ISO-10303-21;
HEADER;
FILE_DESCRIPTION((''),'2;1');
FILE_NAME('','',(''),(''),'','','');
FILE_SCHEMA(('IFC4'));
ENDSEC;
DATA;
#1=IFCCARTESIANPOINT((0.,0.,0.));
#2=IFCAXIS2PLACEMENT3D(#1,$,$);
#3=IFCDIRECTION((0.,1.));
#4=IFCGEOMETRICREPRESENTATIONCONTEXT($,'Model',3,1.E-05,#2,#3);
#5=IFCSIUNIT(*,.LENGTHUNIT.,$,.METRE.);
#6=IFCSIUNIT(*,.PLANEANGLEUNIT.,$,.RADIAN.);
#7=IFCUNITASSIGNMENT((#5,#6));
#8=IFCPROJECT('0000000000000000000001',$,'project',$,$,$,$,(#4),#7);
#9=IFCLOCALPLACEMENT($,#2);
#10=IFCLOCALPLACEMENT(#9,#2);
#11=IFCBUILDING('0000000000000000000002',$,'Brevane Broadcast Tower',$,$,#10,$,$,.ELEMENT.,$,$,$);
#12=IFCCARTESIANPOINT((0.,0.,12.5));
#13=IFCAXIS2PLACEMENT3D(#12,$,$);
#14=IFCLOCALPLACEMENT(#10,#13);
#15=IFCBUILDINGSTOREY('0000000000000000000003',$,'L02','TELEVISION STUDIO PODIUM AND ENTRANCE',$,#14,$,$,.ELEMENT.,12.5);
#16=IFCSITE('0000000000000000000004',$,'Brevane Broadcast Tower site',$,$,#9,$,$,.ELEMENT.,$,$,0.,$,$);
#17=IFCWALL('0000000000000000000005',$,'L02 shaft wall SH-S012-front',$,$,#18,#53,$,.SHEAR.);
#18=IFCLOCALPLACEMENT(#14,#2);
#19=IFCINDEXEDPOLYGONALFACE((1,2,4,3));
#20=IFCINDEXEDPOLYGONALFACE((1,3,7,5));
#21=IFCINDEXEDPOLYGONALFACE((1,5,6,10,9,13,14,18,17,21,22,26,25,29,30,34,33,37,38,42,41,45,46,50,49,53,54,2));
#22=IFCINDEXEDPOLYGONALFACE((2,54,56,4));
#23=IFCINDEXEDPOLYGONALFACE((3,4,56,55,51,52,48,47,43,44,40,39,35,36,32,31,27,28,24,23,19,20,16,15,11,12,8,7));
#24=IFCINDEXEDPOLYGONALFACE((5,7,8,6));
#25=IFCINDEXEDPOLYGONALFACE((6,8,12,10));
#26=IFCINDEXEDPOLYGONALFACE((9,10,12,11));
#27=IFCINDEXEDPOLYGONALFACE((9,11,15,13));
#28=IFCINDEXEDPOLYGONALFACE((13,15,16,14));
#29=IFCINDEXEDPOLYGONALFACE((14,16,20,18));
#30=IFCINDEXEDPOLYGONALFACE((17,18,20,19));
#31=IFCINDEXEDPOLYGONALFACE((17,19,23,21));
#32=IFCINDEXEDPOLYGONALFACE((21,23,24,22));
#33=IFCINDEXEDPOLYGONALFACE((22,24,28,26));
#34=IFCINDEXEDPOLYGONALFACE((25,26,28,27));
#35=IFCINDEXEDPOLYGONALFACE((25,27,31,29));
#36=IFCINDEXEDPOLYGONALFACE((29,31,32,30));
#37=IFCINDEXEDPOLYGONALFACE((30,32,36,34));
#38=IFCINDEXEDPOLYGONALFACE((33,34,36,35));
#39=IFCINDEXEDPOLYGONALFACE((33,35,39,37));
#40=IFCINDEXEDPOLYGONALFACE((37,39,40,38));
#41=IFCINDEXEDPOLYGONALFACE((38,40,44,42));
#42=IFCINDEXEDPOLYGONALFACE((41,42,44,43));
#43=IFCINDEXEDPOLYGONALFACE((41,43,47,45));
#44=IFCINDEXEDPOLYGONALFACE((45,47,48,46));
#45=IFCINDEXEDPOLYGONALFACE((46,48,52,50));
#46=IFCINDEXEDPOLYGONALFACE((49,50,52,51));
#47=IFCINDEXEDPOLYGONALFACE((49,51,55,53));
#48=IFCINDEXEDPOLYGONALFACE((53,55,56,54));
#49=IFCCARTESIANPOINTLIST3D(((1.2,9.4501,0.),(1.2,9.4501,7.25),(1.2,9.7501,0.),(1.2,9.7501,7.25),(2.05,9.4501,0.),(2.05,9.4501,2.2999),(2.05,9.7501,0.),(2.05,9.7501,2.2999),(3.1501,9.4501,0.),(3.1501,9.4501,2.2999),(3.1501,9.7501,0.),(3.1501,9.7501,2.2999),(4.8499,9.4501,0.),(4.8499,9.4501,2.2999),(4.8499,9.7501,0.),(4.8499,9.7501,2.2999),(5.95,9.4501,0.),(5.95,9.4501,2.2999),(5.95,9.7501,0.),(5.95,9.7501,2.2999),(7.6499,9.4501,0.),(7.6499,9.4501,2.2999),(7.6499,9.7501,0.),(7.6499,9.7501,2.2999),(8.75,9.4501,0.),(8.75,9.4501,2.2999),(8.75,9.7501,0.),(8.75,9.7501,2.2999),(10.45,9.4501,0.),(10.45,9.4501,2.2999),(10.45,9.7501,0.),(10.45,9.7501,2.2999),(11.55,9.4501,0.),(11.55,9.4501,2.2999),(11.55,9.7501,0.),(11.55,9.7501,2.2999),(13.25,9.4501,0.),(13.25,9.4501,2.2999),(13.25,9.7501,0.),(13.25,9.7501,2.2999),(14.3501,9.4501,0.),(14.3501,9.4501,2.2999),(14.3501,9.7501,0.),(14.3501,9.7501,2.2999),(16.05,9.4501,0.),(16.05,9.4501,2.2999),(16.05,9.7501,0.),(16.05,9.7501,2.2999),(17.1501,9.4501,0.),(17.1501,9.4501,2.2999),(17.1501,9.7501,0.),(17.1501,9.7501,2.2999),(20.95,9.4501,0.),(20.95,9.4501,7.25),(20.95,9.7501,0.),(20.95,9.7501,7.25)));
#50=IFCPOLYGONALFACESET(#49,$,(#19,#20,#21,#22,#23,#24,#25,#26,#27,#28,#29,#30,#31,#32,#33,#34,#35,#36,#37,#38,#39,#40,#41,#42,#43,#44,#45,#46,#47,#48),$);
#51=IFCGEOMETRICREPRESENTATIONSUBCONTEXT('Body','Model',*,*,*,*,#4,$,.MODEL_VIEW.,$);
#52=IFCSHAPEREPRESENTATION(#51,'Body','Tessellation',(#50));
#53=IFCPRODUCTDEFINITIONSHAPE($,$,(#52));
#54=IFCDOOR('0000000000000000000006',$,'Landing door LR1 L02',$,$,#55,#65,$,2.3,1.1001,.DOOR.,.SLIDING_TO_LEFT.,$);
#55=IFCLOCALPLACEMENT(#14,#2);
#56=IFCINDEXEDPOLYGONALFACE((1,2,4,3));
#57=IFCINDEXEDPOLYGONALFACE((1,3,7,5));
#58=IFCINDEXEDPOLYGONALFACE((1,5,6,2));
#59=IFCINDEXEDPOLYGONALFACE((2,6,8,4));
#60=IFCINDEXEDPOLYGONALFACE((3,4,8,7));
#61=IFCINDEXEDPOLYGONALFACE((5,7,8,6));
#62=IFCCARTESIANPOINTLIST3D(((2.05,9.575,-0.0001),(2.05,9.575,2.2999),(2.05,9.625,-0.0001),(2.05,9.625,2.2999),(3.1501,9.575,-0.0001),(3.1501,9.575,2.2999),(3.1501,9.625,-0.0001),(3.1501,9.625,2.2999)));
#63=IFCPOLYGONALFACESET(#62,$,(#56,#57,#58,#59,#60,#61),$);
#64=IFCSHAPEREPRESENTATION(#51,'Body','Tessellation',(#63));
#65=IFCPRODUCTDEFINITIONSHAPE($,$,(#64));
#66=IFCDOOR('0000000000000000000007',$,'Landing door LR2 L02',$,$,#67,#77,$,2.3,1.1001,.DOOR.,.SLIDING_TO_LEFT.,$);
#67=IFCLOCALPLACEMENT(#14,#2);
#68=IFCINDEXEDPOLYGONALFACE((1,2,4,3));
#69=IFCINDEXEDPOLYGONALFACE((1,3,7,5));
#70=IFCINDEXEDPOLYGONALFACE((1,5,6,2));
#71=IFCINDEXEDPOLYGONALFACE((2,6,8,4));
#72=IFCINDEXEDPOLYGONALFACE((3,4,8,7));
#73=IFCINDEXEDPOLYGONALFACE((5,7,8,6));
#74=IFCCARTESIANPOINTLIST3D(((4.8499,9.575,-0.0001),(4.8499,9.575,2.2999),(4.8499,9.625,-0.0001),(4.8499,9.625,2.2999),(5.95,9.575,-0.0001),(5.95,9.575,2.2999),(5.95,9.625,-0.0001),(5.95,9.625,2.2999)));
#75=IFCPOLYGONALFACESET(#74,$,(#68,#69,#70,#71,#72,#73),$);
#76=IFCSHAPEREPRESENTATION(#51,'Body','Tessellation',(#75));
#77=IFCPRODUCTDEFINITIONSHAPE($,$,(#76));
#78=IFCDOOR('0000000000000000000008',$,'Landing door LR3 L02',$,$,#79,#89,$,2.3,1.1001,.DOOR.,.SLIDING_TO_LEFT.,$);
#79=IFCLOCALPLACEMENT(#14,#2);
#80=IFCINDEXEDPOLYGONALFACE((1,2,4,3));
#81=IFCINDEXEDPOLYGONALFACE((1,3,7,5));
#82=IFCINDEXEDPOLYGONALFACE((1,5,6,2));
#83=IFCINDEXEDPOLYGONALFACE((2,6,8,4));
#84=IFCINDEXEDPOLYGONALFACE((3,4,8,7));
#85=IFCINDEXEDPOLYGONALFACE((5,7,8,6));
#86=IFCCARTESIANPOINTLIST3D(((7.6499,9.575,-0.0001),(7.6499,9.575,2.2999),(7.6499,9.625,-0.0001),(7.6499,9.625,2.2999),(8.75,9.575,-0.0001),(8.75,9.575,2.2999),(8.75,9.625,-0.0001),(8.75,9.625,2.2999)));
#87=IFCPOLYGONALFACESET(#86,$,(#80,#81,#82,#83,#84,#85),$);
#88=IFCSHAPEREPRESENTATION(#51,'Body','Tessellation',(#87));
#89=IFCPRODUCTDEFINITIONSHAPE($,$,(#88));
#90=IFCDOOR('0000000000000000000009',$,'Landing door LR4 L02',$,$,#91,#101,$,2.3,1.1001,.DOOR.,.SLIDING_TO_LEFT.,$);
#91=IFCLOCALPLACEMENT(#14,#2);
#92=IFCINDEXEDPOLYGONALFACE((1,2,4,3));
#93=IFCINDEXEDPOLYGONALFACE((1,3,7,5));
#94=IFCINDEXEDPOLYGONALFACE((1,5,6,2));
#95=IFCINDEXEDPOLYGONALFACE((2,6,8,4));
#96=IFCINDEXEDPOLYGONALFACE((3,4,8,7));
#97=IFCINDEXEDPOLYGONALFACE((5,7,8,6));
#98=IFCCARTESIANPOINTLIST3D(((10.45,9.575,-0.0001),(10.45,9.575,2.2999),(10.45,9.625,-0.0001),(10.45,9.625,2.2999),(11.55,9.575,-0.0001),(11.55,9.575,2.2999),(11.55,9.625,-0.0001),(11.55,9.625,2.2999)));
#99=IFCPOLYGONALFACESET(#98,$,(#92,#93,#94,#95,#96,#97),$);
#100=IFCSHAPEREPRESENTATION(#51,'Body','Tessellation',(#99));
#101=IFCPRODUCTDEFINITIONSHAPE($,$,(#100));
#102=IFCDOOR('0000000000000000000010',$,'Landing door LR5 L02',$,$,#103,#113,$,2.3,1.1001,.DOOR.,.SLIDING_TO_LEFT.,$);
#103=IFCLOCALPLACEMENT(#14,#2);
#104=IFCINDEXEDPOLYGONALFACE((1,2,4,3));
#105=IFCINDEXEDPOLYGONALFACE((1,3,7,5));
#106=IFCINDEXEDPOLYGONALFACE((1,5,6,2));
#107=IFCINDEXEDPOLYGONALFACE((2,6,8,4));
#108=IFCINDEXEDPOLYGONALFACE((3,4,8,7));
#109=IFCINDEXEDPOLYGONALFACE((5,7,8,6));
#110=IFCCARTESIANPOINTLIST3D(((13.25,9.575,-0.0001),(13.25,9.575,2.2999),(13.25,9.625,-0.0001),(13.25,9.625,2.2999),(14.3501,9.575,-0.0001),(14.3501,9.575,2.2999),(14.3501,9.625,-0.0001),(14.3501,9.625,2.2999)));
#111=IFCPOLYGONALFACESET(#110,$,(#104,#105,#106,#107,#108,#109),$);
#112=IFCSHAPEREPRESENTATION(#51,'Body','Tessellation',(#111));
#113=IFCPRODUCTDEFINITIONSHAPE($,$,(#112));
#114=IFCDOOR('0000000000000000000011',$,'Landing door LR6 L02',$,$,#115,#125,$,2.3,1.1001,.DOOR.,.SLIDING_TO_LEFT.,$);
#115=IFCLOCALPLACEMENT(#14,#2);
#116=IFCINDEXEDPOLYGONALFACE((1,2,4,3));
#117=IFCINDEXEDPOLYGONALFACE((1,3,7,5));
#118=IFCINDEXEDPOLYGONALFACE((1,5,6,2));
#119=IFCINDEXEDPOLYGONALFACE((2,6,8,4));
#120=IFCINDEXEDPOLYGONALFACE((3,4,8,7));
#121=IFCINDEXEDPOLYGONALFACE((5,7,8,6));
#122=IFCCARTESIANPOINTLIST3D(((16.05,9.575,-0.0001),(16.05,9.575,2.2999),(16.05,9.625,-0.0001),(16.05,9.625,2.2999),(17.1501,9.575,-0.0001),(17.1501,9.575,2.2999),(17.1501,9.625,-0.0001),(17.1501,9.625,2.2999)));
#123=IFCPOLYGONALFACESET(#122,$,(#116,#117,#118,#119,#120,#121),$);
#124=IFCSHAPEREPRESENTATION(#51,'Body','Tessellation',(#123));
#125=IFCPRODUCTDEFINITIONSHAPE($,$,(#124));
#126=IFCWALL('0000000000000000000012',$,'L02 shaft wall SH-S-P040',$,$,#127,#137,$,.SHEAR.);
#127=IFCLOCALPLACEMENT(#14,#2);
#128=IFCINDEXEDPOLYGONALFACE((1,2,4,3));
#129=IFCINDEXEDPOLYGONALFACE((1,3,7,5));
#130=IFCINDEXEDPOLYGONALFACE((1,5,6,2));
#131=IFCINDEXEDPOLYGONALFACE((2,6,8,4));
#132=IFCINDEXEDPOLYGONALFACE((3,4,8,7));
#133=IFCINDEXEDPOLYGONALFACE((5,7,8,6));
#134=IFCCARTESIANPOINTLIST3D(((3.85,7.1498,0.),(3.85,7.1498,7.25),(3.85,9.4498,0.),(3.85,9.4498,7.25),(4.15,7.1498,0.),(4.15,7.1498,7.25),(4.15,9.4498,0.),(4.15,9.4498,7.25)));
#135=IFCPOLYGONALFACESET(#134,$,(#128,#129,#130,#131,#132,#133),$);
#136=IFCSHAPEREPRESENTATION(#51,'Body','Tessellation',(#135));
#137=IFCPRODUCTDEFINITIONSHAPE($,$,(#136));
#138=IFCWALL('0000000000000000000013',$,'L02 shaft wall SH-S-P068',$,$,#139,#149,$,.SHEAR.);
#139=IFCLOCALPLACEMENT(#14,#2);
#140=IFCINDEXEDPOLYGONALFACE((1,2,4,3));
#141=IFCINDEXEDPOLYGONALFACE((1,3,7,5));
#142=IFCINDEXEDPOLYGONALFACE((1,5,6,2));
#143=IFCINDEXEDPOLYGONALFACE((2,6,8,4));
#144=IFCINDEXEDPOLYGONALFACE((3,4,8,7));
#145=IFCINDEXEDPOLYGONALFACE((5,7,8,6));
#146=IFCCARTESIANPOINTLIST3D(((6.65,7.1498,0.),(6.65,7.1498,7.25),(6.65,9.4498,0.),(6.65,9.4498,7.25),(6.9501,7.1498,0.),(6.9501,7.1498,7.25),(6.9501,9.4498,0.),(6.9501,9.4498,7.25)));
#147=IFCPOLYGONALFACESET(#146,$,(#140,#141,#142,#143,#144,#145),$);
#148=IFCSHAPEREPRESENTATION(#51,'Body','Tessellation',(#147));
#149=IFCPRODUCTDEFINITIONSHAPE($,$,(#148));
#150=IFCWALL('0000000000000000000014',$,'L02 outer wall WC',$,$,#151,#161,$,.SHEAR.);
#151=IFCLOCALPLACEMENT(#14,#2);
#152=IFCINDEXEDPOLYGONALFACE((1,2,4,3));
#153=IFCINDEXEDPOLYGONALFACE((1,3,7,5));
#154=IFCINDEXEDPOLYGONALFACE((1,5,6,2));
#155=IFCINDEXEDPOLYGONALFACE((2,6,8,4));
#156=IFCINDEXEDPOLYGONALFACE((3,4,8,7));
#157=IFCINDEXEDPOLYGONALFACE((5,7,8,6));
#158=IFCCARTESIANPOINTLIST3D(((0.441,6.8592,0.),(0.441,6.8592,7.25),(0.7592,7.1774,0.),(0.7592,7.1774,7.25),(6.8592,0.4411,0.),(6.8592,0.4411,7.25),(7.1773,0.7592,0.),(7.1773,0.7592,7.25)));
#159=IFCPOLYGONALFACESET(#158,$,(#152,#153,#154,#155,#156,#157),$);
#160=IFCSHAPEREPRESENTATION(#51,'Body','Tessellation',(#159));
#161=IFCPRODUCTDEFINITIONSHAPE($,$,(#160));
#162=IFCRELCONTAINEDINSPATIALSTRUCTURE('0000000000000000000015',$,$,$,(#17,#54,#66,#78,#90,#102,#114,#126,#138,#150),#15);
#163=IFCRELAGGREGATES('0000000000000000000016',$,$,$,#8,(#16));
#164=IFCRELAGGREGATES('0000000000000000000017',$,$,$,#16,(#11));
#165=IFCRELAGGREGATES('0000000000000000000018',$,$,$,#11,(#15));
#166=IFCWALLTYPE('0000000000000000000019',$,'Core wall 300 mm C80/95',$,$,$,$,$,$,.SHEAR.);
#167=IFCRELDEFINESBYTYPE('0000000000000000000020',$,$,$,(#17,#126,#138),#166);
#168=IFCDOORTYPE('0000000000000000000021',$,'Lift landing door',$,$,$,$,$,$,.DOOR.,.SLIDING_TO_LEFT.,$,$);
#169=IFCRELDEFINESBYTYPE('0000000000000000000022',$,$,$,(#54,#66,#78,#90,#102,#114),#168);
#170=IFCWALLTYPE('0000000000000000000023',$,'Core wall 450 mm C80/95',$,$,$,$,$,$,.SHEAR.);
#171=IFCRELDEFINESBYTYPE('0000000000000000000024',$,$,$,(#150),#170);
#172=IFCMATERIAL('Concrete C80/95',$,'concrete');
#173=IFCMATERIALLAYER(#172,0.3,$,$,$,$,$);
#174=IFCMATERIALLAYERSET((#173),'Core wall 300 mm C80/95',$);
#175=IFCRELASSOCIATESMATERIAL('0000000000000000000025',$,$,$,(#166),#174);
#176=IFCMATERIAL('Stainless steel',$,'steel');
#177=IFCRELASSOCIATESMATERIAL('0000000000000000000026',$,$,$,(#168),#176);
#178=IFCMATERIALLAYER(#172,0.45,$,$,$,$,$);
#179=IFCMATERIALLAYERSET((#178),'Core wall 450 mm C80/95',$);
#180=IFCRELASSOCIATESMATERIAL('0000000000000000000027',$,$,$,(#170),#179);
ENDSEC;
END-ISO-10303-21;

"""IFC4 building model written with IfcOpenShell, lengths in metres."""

from ifc_helpers import new_model, si_unit, direction, frame, frame_2d, origin, place, context, subcontext, project, spatial, rectangle, extrude, material, layer, layer_set, type_object, element, fill, save


model = new_model("IFC4")

# Units and contexts
model_context = context("Model", 3, precision=1e-05, world=origin(), true_north=direction((0.0, 1.0)))
body_context = subcontext(model_context, "Body", "Model", "MODEL_VIEW")
ifc_project = project(units=[si_unit("LENGTHUNIT", "METRE"), si_unit("PLANEANGLEUNIT", "RADIAN")], contexts=[model_context])

# Site, building, storey
site_placement = place(None, origin())
site = spatial("IfcSite", under=ifc_project, at=site_placement, Name="Brevane Broadcast Tower site", CompositionType="ELEMENT", RefElevation=0.0)
building_placement = place(site_placement, origin())
building = spatial("IfcBuilding", under=site, at=building_placement, Name="Brevane Broadcast Tower", CompositionType="ELEMENT")
storey_placement = place(building_placement, frame((0.0, 0.0, 12.5)))
storey = spatial("IfcBuildingStorey", under=building, at=storey_placement, Name="L02", Description="TELEVISION STUDIO PODIUM AND ENTRANCE", CompositionType="ELEMENT", Elevation=12.5)

# Shared definitions
ifc_material_1 = material(Name="Concrete C80/95", Category="concrete")
ifc_layer_1 = layer(ifc_material_1, 0.3)
ifc_layer_set_1 = layer_set([ifc_layer_1], Name="Core wall 300 mm C80/95")
wall_type_1 = type_object("IfcWallType", Name="Core wall 300 mm C80/95", PredefinedType="SHEAR", material=ifc_layer_set_1)

# Wall, openings, doors
wall_1_placement = place(storey_placement, frame((1.2, 9.6001, 0.0), z_axis=(0.0, 0.0, 1.0), x_axis=(1.0, 0.0, 0.0)))
wall_1 = element("IfcWall", 1, at=wall_1_placement, inside=storey, type_object=wall_type_1, Name="L02 shaft wall SH-S012-front", PredefinedType="SHEAR", context=body_context, shape_type="SweptSolid", body=[
    extrude(rectangle(XDim=19.75, YDim=0.3, at=frame_2d((9.875, 0.0))), origin(), (0.0, 0.0, 1.0), 7.25),
])
opening_1_placement = place(wall_1_placement, frame((0.8501, 0.0, 0.0)))
opening_1 = element("IfcOpeningElement", 2, at=opening_1_placement, cuts=wall_1, PredefinedType="OPENING", context=body_context, shape_type="SweptSolid", body=[
    extrude(rectangle(XDim=1.1001, YDim=2.3, at=frame_2d((0.55, 1.1499))), frame((0.0, 0.1599, 0.0), z_axis=(0.0, -1.0, 0.0), x_axis=(1.0, 0.0, 0.0)), (0.0, 0.0, 1.0), 0.3201),
])
opening_2_placement = place(wall_1_placement, frame((3.6499, 0.0, 0.0)))
opening_2 = element("IfcOpeningElement", 3, at=opening_2_placement, cuts=wall_1, PredefinedType="OPENING", context=body_context, shape_type="SweptSolid", body=[
    extrude(rectangle(XDim=1.1001, YDim=2.3, at=frame_2d((0.55, 1.1499))), frame((0.0, 0.1599, 0.0), z_axis=(0.0, -1.0, 0.0), x_axis=(1.0, 0.0, 0.0)), (0.0, 0.0, 1.0), 0.3201),
])
opening_3_placement = place(wall_1_placement, frame((6.45, 0.0, 0.0)))
opening_3 = element("IfcOpeningElement", 4, at=opening_3_placement, cuts=wall_1, PredefinedType="OPENING", context=body_context, shape_type="SweptSolid", body=[
    extrude(rectangle(XDim=1.1001, YDim=2.3, at=frame_2d((0.55, 1.1499))), frame((0.0, 0.1599, 0.0), z_axis=(0.0, -1.0, 0.0), x_axis=(1.0, 0.0, 0.0)), (0.0, 0.0, 1.0), 0.3201),
])
opening_4_placement = place(wall_1_placement, frame((9.25, 0.0, 0.0)))
opening_4 = element("IfcOpeningElement", 5, at=opening_4_placement, cuts=wall_1, PredefinedType="OPENING", context=body_context, shape_type="SweptSolid", body=[
    extrude(rectangle(XDim=1.1001, YDim=2.3, at=frame_2d((0.55, 1.1499))), frame((0.0, 0.1599, 0.0), z_axis=(0.0, -1.0, 0.0), x_axis=(1.0, 0.0, 0.0)), (0.0, 0.0, 1.0), 0.3201),
])
opening_5_placement = place(wall_1_placement, frame((12.05, 0.0, 0.0)))
opening_5 = element("IfcOpeningElement", 6, at=opening_5_placement, cuts=wall_1, PredefinedType="OPENING", context=body_context, shape_type="SweptSolid", body=[
    extrude(rectangle(XDim=1.1001, YDim=2.3, at=frame_2d((0.55, 1.1499))), frame((0.0, 0.1599, 0.0), z_axis=(0.0, -1.0, 0.0), x_axis=(1.0, 0.0, 0.0)), (0.0, 0.0, 1.0), 0.3201),
])
opening_6_placement = place(wall_1_placement, frame((14.8501, 0.0, 0.0)))
opening_6 = element("IfcOpeningElement", 7, at=opening_6_placement, cuts=wall_1, PredefinedType="OPENING", context=body_context, shape_type="SweptSolid", body=[
    extrude(rectangle(XDim=1.1001, YDim=2.3, at=frame_2d((0.55, 1.1499))), frame((0.0, 0.1599, 0.0), z_axis=(0.0, -1.0, 0.0), x_axis=(1.0, 0.0, 0.0)), (0.0, 0.0, 1.0), 0.3201),
])
ifc_material_2 = material(Name="Stainless steel", Category="steel")
door_type_1 = type_object("IfcDoorType", Name="Lift landing door", OperationType="SLIDING_TO_LEFT", PredefinedType="DOOR", material=ifc_material_2)
door_1_placement = place(opening_1_placement, origin())
door_1 = element("IfcDoor", 8, at=door_1_placement, inside=storey, type_object=door_type_1, Name="Landing door LR1 L02", OperationType="SLIDING_TO_LEFT", OverallHeight=2.3, OverallWidth=1.1001, PredefinedType="DOOR", context=body_context, shape_type="SweptSolid", body=[
    extrude(rectangle(XDim=1.1001, YDim=2.3, at=frame_2d((0.55, 1.1499))), frame((0.0, 0.0249, 0.0), z_axis=(0.0, -1.0, 0.0), x_axis=(1.0, 0.0, 0.0)), (0.0, 0.0, 1.0), 0.05),
])
fill(opening_1, door_1)
door_2_placement = place(opening_2_placement, origin())
door_2 = element("IfcDoor", 9, at=door_2_placement, inside=storey, type_object=door_type_1, Name="Landing door LR2 L02", OperationType="SLIDING_TO_LEFT", OverallHeight=2.3, OverallWidth=1.1001, PredefinedType="DOOR", context=body_context, shape_type="SweptSolid", body=[
    extrude(rectangle(XDim=1.1001, YDim=2.3, at=frame_2d((0.55, 1.1499))), frame((0.0, 0.0249, 0.0), z_axis=(0.0, -1.0, 0.0), x_axis=(1.0, 0.0, 0.0)), (0.0, 0.0, 1.0), 0.05),
])
fill(opening_2, door_2)
door_3_placement = place(opening_3_placement, origin())
door_3 = element("IfcDoor", 10, at=door_3_placement, inside=storey, type_object=door_type_1, Name="Landing door LR3 L02", OperationType="SLIDING_TO_LEFT", OverallHeight=2.3, OverallWidth=1.1001, PredefinedType="DOOR", context=body_context, shape_type="SweptSolid", body=[
    extrude(rectangle(XDim=1.1001, YDim=2.3, at=frame_2d((0.55, 1.1499))), frame((0.0, 0.0249, 0.0), z_axis=(0.0, -1.0, 0.0), x_axis=(1.0, 0.0, 0.0)), (0.0, 0.0, 1.0), 0.05),
])
fill(opening_3, door_3)
door_4_placement = place(opening_4_placement, origin())
door_4 = element("IfcDoor", 11, at=door_4_placement, inside=storey, type_object=door_type_1, Name="Landing door LR4 L02", OperationType="SLIDING_TO_LEFT", OverallHeight=2.3, OverallWidth=1.1001, PredefinedType="DOOR", context=body_context, shape_type="SweptSolid", body=[
    extrude(rectangle(XDim=1.1001, YDim=2.3, at=frame_2d((0.55, 1.1499))), frame((0.0, 0.0249, 0.0), z_axis=(0.0, -1.0, 0.0), x_axis=(1.0, 0.0, 0.0)), (0.0, 0.0, 1.0), 0.05),
])
fill(opening_4, door_4)
door_5_placement = place(opening_5_placement, origin())
door_5 = element("IfcDoor", 12, at=door_5_placement, inside=storey, type_object=door_type_1, Name="Landing door LR5 L02", OperationType="SLIDING_TO_LEFT", OverallHeight=2.3, OverallWidth=1.1001, PredefinedType="DOOR", context=body_context, shape_type="SweptSolid", body=[
    extrude(rectangle(XDim=1.1001, YDim=2.3, at=frame_2d((0.55, 1.1499))), frame((0.0, 0.0249, 0.0), z_axis=(0.0, -1.0, 0.0), x_axis=(1.0, 0.0, 0.0)), (0.0, 0.0, 1.0), 0.05),
])
fill(opening_5, door_5)
door_6_placement = place(opening_6_placement, origin())
door_6 = element("IfcDoor", 13, at=door_6_placement, inside=storey, type_object=door_type_1, Name="Landing door LR6 L02", OperationType="SLIDING_TO_LEFT", OverallHeight=2.3, OverallWidth=1.1001, PredefinedType="DOOR", context=body_context, shape_type="SweptSolid", body=[
    extrude(rectangle(XDim=1.1001, YDim=2.3, at=frame_2d((0.55, 1.1499))), frame((0.0, 0.0249, 0.0), z_axis=(0.0, -1.0, 0.0), x_axis=(1.0, 0.0, 0.0)), (0.0, 0.0, 1.0), 0.05),
])
fill(opening_6, door_6)

# Walls
for number, where, z_axis, x_axis, name in (
    (14, (4.0, 7.1499, 0.0), (0.0, 0.0, 1.0), (0.0, 1.0, 0.0), "L02 shaft wall SH-S-P040"),
    (15, (6.8, 7.1499, 0.0), (0.0, 0.0, 1.0), (0.0, 1.0, 0.0), "L02 shaft wall SH-S-P068"),
):
    element("IfcWall", number, at=place(storey_placement, frame(where, z_axis=z_axis, x_axis=x_axis)), inside=storey, type_object=wall_type_1, Name=name, PredefinedType="SHEAR", context=body_context, shape_type="SweptSolid", body=[
        extrude(rectangle(XDim=2.3, YDim=0.3, at=frame_2d((1.1499, 0.0))), origin(), (0.0, 0.0, 1.0), 7.25),
    ])
ifc_layer_2 = layer(ifc_material_1, 0.45)
ifc_layer_set_2 = layer_set([ifc_layer_2], Name="Core wall 450 mm C80/95")
wall_type_2 = type_object("IfcWallType", Name="Core wall 450 mm C80/95", PredefinedType="SHEAR", material=ifc_layer_set_2)
wall_2_placement = place(storey_placement, frame((0.6001, 7.0183, 0.0), z_axis=(0.0, 0.0, 1.0), x_axis=(0.707107, -0.707107, 0.0)))
element("IfcWall", 16, at=wall_2_placement, inside=storey, type_object=wall_type_2, Name="L02 outer wall WC", PredefinedType="SHEAR", context=body_context, shape_type="SweptSolid", body=[
    extrude(rectangle(XDim=9.0767, YDim=0.45, at=frame_2d((4.5383, 0.0))), origin(), (0.0, 0.0, 1.0), 7.25),
])

save(model, "model.ifc")
